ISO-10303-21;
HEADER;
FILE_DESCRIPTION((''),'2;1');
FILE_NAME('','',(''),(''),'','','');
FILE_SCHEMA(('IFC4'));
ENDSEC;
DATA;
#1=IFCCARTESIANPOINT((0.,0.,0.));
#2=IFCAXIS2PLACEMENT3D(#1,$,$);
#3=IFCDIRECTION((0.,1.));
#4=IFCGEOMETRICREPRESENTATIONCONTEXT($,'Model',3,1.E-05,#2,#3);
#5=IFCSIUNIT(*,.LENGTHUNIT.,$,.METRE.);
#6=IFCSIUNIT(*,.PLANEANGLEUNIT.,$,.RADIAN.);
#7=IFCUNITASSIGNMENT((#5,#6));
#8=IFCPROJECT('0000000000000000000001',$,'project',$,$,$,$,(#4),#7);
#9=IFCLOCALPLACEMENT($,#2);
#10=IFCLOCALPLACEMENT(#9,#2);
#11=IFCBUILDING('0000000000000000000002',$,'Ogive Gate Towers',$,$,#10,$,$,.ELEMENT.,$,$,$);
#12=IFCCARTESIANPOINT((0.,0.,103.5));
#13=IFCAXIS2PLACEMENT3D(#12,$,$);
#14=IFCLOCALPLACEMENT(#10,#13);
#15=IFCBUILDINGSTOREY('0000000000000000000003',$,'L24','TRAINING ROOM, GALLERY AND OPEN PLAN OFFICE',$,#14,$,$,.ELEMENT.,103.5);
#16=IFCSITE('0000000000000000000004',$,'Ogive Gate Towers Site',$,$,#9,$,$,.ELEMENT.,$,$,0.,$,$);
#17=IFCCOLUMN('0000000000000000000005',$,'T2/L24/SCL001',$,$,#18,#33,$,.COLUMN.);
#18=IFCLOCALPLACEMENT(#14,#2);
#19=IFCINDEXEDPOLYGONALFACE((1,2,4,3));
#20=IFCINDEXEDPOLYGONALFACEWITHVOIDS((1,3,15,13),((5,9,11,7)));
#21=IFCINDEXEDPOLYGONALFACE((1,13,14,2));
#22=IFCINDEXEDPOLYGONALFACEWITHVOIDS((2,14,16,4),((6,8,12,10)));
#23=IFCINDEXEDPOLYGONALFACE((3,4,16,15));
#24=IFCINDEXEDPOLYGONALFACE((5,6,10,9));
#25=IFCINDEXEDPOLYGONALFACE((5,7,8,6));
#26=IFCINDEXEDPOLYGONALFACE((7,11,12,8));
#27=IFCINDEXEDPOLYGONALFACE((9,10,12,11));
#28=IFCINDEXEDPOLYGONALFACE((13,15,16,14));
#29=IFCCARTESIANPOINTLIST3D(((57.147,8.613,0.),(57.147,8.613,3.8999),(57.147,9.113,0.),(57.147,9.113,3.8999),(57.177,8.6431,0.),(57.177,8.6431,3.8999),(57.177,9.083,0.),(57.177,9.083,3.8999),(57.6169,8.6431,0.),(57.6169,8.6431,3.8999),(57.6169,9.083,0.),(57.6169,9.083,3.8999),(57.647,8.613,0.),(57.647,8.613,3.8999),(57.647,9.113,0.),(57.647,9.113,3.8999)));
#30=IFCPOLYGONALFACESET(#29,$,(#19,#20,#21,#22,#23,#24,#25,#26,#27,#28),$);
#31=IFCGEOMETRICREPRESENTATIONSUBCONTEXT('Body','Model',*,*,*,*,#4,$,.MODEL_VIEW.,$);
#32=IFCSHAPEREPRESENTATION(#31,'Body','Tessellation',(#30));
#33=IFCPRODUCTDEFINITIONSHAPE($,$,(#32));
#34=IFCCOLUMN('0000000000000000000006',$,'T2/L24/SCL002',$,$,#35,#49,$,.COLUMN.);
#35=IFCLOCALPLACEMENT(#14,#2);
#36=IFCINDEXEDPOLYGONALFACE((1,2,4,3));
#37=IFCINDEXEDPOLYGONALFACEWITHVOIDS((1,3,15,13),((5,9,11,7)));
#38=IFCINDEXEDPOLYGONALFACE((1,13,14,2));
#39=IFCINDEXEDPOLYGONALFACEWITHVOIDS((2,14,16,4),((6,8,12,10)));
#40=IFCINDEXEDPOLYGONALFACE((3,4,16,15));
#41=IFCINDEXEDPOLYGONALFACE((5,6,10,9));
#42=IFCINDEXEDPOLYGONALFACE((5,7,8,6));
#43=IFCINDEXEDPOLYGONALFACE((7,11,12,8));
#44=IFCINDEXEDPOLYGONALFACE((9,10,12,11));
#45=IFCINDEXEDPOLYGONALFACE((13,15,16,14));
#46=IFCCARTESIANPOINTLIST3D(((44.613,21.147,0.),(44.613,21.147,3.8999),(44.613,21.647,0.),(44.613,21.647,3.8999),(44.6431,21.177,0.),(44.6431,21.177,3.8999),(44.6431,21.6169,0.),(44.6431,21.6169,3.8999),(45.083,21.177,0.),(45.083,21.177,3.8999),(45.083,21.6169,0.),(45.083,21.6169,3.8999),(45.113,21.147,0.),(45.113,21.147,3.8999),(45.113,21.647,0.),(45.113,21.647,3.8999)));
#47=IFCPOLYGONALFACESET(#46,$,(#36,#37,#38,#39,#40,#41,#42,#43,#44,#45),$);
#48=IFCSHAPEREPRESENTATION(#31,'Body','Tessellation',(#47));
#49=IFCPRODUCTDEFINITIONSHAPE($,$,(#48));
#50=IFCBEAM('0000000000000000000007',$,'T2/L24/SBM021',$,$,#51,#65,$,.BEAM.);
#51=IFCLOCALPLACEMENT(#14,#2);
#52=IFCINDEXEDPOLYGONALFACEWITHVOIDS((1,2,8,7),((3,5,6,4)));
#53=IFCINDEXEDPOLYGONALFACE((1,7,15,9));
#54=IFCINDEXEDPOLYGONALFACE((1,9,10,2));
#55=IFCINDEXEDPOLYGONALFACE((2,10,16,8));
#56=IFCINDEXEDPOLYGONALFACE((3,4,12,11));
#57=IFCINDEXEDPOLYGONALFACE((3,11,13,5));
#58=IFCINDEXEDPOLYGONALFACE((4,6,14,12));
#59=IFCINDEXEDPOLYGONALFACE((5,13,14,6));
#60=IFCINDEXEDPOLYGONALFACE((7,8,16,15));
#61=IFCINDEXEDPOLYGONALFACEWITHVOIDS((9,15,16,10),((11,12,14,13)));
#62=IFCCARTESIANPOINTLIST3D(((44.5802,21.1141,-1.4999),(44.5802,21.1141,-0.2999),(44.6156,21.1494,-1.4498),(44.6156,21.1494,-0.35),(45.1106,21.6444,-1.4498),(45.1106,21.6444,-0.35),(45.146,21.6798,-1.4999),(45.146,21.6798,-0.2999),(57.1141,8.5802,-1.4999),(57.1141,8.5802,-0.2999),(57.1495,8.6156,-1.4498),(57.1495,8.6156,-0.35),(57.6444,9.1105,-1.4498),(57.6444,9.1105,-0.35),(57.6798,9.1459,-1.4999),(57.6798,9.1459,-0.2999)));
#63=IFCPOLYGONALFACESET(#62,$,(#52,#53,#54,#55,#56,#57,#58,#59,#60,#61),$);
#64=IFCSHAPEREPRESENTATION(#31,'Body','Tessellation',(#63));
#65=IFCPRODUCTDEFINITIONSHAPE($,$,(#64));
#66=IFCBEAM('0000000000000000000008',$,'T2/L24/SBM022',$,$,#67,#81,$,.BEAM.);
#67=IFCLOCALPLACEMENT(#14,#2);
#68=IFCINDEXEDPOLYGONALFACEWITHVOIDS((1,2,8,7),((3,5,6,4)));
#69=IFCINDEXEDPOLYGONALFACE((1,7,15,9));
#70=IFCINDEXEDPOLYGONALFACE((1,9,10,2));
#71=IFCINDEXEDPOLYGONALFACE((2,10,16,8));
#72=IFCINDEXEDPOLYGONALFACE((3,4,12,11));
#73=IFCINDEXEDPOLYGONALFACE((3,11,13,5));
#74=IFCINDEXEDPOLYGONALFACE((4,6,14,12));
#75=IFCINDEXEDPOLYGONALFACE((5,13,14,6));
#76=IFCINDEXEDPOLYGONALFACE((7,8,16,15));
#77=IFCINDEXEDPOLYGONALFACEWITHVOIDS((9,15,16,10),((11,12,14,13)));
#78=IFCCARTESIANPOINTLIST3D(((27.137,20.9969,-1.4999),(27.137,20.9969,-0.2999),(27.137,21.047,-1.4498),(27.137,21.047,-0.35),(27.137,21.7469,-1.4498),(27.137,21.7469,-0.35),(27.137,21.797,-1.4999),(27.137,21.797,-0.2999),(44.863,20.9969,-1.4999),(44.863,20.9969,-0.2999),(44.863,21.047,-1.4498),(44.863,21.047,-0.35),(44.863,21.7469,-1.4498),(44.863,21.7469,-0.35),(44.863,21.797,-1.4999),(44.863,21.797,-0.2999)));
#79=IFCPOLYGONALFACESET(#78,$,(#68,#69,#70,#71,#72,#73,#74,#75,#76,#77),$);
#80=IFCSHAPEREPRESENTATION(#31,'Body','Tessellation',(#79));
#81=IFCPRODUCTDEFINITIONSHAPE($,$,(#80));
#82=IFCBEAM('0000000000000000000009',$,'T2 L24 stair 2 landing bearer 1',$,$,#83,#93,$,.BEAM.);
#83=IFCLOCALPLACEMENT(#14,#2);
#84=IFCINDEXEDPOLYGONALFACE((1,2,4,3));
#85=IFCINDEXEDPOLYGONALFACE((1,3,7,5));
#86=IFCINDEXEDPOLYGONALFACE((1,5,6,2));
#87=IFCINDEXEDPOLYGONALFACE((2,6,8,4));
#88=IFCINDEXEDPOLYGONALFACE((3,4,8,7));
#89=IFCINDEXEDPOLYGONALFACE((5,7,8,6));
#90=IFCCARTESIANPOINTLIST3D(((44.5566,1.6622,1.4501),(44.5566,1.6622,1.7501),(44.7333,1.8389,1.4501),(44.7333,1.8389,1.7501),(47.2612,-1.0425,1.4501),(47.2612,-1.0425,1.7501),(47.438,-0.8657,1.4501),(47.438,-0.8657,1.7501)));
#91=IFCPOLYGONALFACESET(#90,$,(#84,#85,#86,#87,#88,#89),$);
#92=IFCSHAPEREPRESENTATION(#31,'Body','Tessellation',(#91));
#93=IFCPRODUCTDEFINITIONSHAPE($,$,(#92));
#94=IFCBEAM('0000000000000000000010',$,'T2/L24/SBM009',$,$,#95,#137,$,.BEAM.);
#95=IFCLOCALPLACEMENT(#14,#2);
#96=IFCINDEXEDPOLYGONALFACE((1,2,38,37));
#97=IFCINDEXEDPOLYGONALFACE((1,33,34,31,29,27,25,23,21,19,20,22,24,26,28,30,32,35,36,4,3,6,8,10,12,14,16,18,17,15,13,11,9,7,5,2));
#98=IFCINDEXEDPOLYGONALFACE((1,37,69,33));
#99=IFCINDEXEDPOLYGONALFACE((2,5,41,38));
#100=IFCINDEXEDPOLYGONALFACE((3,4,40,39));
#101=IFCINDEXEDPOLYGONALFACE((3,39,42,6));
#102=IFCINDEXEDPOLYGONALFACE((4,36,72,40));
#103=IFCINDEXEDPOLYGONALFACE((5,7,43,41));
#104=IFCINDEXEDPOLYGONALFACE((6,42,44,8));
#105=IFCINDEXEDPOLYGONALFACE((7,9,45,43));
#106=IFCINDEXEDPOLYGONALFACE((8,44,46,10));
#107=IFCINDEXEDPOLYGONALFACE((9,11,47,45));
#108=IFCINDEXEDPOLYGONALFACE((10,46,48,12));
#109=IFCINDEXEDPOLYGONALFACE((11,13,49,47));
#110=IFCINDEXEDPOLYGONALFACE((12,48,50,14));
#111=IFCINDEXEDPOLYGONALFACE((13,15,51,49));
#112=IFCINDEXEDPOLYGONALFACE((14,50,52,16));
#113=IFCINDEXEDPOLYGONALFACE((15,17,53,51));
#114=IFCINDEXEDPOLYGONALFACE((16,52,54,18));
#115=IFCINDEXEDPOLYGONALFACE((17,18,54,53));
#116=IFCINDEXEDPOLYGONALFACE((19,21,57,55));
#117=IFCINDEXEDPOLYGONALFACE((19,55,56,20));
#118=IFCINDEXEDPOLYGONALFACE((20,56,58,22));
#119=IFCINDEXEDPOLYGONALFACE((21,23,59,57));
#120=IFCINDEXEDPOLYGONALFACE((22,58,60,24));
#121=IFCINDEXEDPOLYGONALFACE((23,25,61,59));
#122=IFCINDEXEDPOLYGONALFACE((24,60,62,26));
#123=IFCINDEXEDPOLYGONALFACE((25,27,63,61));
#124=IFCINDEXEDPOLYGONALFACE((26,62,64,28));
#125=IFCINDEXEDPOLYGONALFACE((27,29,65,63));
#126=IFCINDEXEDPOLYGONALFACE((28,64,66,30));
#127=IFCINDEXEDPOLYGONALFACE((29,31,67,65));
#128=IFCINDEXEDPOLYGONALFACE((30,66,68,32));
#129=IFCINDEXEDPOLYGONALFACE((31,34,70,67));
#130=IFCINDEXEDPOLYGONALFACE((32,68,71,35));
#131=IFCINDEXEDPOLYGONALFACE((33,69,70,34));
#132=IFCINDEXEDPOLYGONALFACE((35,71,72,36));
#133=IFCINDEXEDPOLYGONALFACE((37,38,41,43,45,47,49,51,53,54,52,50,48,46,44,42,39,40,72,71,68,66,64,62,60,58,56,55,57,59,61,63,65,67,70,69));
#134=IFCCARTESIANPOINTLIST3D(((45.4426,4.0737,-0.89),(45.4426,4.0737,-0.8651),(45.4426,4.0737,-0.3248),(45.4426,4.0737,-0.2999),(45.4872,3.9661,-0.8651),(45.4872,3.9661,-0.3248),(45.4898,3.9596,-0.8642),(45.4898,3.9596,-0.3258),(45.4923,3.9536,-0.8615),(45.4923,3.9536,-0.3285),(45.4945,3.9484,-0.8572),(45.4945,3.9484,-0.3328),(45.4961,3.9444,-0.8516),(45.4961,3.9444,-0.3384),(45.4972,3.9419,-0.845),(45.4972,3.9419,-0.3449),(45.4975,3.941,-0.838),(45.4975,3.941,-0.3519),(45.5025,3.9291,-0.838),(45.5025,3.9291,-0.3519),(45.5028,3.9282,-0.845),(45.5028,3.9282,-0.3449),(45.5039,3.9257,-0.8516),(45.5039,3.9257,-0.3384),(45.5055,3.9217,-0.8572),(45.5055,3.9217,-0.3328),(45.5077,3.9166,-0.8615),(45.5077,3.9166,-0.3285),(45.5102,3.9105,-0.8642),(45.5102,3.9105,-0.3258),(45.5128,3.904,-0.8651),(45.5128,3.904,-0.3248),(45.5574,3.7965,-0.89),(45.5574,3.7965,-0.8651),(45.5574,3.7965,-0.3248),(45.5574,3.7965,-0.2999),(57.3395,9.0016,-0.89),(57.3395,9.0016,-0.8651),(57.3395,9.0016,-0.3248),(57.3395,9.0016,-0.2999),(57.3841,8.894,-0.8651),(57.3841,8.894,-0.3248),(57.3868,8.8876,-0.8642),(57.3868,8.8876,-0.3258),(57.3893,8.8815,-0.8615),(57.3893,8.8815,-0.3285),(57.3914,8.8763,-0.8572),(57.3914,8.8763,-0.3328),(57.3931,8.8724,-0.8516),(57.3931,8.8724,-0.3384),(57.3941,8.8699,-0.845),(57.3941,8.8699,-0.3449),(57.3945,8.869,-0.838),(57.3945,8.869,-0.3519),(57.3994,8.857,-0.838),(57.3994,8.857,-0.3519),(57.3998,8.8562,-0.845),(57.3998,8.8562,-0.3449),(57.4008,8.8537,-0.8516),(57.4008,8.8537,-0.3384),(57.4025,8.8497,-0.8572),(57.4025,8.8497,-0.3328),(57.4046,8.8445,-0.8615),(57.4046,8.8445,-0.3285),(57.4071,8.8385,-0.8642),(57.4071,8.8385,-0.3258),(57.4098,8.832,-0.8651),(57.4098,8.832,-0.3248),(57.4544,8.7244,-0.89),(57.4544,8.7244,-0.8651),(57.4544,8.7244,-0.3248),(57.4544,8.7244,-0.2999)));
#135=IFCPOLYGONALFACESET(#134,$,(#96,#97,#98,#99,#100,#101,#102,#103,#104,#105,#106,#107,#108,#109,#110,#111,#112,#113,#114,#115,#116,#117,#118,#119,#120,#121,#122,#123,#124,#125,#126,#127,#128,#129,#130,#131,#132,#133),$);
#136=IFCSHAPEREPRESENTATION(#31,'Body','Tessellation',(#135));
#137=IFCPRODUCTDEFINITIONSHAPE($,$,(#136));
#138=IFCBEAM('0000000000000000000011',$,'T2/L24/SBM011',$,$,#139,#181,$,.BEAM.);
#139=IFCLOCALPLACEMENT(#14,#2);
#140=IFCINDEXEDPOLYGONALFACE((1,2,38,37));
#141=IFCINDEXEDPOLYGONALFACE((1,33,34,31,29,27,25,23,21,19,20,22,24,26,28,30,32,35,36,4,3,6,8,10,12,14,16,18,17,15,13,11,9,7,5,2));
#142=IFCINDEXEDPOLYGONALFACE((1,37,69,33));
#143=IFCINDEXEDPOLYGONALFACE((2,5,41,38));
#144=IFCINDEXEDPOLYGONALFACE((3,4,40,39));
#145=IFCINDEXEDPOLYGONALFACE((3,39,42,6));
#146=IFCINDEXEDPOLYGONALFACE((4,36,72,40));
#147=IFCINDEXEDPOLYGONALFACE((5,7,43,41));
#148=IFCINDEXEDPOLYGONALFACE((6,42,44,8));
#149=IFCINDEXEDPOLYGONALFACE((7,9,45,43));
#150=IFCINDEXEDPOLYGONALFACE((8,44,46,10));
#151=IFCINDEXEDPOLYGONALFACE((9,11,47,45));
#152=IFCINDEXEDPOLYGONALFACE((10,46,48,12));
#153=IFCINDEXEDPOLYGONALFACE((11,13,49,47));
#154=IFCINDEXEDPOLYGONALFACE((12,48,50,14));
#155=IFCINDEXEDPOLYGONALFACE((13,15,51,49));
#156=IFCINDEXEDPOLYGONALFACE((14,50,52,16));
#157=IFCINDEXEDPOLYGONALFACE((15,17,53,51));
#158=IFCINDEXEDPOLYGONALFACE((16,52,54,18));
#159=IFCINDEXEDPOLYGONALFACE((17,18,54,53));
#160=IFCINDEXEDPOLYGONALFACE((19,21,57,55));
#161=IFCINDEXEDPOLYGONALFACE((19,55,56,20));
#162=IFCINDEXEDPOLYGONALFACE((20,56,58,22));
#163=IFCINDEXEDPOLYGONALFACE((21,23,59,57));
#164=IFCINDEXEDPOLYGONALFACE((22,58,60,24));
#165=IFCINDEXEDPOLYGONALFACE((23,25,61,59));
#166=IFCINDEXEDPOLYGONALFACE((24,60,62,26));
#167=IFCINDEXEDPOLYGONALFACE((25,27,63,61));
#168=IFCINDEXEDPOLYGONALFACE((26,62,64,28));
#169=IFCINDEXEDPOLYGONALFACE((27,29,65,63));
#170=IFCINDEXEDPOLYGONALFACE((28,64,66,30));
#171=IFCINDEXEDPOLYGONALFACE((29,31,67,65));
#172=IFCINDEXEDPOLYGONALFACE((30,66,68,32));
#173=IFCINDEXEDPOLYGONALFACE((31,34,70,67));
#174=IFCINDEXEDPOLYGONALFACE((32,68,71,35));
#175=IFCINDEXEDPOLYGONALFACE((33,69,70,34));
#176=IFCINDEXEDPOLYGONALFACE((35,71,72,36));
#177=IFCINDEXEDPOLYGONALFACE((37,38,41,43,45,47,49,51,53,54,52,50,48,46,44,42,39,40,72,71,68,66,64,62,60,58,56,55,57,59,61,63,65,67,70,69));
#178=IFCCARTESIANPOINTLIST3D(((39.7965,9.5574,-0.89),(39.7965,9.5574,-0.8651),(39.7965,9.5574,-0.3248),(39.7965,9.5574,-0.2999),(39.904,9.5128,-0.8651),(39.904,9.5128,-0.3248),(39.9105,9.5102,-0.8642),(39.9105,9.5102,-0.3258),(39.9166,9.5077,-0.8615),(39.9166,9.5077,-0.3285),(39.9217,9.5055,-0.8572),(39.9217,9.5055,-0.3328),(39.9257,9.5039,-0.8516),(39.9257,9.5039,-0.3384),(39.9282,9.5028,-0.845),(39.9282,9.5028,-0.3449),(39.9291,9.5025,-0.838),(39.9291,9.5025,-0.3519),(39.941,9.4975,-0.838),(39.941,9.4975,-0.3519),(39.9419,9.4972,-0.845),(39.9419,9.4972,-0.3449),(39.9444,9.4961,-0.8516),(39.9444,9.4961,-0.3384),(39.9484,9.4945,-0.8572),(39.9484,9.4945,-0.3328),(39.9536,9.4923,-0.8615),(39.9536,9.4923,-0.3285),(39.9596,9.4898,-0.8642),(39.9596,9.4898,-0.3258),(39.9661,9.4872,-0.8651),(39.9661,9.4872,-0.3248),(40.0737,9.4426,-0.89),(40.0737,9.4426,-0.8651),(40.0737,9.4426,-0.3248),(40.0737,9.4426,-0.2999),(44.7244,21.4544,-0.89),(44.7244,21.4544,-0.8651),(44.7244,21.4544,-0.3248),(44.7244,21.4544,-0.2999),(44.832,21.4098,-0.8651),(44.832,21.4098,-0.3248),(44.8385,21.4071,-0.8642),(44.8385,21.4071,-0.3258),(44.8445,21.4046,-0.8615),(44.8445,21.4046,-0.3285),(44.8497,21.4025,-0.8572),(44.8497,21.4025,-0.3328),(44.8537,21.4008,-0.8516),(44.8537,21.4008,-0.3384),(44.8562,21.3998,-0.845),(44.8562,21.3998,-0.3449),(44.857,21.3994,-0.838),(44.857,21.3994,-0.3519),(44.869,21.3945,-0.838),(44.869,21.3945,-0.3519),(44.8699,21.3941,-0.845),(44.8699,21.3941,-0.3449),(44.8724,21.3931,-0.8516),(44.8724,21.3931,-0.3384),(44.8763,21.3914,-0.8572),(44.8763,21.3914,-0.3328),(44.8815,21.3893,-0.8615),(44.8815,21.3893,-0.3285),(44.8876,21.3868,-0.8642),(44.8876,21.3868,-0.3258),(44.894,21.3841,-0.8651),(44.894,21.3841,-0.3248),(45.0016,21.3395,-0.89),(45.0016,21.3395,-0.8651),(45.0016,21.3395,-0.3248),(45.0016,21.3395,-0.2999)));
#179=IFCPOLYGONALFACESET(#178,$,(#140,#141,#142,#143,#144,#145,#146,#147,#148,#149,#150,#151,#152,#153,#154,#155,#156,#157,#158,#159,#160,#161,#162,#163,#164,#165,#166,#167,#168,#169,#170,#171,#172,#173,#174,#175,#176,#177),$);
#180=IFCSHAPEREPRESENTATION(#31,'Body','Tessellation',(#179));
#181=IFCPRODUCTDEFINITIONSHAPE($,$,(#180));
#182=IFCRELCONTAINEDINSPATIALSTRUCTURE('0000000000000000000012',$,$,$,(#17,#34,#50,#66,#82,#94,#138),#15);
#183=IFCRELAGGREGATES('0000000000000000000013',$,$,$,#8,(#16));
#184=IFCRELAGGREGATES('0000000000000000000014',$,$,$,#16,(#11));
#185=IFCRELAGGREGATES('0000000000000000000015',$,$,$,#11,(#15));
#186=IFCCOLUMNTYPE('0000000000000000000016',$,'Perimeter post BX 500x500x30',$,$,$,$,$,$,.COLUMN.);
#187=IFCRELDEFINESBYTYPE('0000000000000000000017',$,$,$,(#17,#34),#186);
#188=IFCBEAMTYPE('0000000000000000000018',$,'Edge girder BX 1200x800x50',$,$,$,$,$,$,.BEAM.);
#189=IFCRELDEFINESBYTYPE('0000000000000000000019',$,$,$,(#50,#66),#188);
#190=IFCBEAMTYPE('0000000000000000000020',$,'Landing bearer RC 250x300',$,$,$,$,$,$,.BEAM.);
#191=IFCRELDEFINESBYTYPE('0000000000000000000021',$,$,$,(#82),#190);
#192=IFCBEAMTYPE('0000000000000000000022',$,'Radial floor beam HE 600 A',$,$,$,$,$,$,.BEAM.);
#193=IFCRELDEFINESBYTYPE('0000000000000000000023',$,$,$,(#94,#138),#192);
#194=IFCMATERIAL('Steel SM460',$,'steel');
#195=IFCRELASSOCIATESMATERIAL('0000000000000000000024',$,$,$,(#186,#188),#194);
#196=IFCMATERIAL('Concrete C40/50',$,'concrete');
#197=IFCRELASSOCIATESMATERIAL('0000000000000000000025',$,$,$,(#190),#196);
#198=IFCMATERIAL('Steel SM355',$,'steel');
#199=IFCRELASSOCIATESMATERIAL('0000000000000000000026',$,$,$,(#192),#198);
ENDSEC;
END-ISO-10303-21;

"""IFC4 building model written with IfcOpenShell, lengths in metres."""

from ifc_helpers import new_model, si_unit, direction, frame, origin, origin_2d, place, context, subcontext, project, spatial, rectangle, hollow_rectangle, i_section, extrude, material, material_profile, profile_set, type_object, element, save


model = new_model("IFC4")

# Units and contexts
model_context = context("Model", 3, precision=1e-05, world=origin(), true_north=direction((0.0, 1.0)))
body_context = subcontext(model_context, "Body", "Model", "MODEL_VIEW")
ifc_project = project(units=[si_unit("LENGTHUNIT", "METRE"), si_unit("PLANEANGLEUNIT", "RADIAN")], contexts=[model_context])

# Site, building, storey
site_placement = place(None, origin())
site = spatial("IfcSite", under=ifc_project, at=site_placement, Name="Ogive Gate Towers Site", CompositionType="ELEMENT", RefElevation=0.0)
building_placement = place(site_placement, origin())
building = spatial("IfcBuilding", under=site, at=building_placement, Name="Ogive Gate Towers", CompositionType="ELEMENT")
storey_placement = place(building_placement, frame((0.0, 0.0, 103.5)))
storey = spatial("IfcBuildingStorey", under=building, at=storey_placement, Name="L24", Description="TRAINING ROOM, GALLERY AND OPEN PLAN OFFICE", CompositionType="ELEMENT", Elevation=103.5)

# Columns
ifc_material_1 = material(Name="Steel SM460", Category="steel")
ifc_material_profile_1 = material_profile(ifc_material_1, hollow_rectangle(XDim=0.5, YDim=0.5, WallThickness=0.03, at=origin_2d()), Name="BX 500x500x30")
ifc_profile_set_1 = profile_set([ifc_material_profile_1], Name="Steel SM460")
column_type = type_object("IfcColumnType", Name="Perimeter post BX 500x500x30", PredefinedType="COLUMN", material=ifc_profile_set_1)
for number, where, z_axis, x_axis, name in (
    (1, (57.397, 8.863, 0.0), (0.0, 0.0, 1.0), (1.0, 0.0, 0.0), "T2/L24/SCL001"),
    (2, (44.863, 21.397, 0.0), (0.0, 0.0, 1.0), (1.0, 0.0, 0.0), "T2/L24/SCL002"),
):
    element("IfcColumn", number, at=place(storey_placement, frame(where, z_axis=z_axis, x_axis=x_axis)), inside=storey, type_object=column_type, Name=name, PredefinedType="COLUMN", context=body_context, shape_type="SweptSolid", body=[
        extrude(hollow_rectangle(XDim=0.5, YDim=0.5, WallThickness=0.03, at=origin_2d()), origin(), (0.0, 0.0, 1.0), 3.8999),
    ])

# Beams
ifc_material_profile_2 = material_profile(ifc_material_1, hollow_rectangle(XDim=0.8, YDim=1.2, WallThickness=0.05, at=origin_2d()), Name="BX 1200x800x50")
ifc_profile_set_2 = profile_set([ifc_material_profile_2], Name="Steel SM460")
beam_type_1 = type_object("IfcBeamType", Name="Edge girder BX 1200x800x50", PredefinedType="BEAM", material=ifc_profile_set_2)
beam_1_placement = place(storey_placement, frame((57.397, 8.863, -0.8999), z_axis=(-0.707107, 0.707107, 0.0), x_axis=(-0.707107, -0.707107, 0.0)))
element("IfcBeam", 3, at=beam_1_placement, inside=storey, type_object=beam_type_1, Name="T2/L24/SBM021", PredefinedType="BEAM", context=body_context, shape_type="SweptSolid", body=[
    extrude(hollow_rectangle(XDim=0.8, YDim=1.2, WallThickness=0.05, at=origin_2d()), origin(), (0.0, 0.0, 1.0), 17.7256),
])
beam_2_placement = place(storey_placement, frame((44.863, 21.397, -0.8999), z_axis=(-1.0, 0.0, 0.0), x_axis=(0.0, -1.0, 0.0)))
element("IfcBeam", 4, at=beam_2_placement, inside=storey, type_object=beam_type_1, Name="T2/L24/SBM022", PredefinedType="BEAM", context=body_context, shape_type="SweptSolid", body=[
    extrude(hollow_rectangle(XDim=0.8, YDim=1.2, WallThickness=0.05, at=origin_2d()), origin(), (0.0, 0.0, 1.0), 17.7261),
])
ifc_material_2 = material(Name="Concrete C40/50", Category="concrete")
ifc_material_profile_3 = material_profile(ifc_material_2, rectangle(XDim=0.25, YDim=0.3, at=origin_2d()), Name="RC 250x300")
ifc_profile_set_3 = profile_set([ifc_material_profile_3], Name="Concrete C40/50")
beam_type_2 = type_object("IfcBeamType", Name="Landing bearer RC 250x300", PredefinedType="BEAM", material=ifc_profile_set_3)
beam_3_placement = place(storey_placement, frame((47.3496, -0.9541, 1.6001), z_axis=(-0.707107, 0.707107, 0.0), x_axis=(-0.707107, -0.707107, 0.0)))
element("IfcBeam", 5, at=beam_3_placement, inside=storey, type_object=beam_type_2, Name="T2 L24 stair 2 landing bearer 1", PredefinedType="BEAM", context=body_context, shape_type="SweptSolid", body=[
    extrude(rectangle(XDim=0.25, YDim=0.3, at=origin_2d()), origin(), (0.0, 0.0, 1.0), 3.825),
])
ifc_material_3 = material(Name="Steel SM355", Category="steel")
ifc_material_profile_4 = material_profile(ifc_material_3, i_section(OverallWidth=0.3, OverallDepth=0.5901, WebThickness=0.0129, FlangeThickness=0.0249, FilletRadius=0.0271, at=origin_2d()), Name="HE 600 A")
ifc_profile_set_4 = profile_set([ifc_material_profile_4], Name="Steel SM355")
beam_type_3 = type_object("IfcBeamType", Name="Radial floor beam HE 600 A", PredefinedType="BEAM", material=ifc_profile_set_4)
for number, where, z_axis, x_axis, name in (
    (6, (45.5, 3.9351, -0.595), (0.923877, 0.382689, 0.0), (-0.382689, 0.923877, 0.0), "T2/L24/SBM009"),
    (7, (39.9351, 9.5, -0.595), (0.382689, 0.923877, 0.0), (-0.923877, 0.382689, 0.0), "T2/L24/SBM011"),
):
    element("IfcBeam", number, at=place(storey_placement, frame(where, z_axis=z_axis, x_axis=x_axis)), inside=storey, type_object=beam_type_3, Name=name, PredefinedType="BEAM", context=body_context, shape_type="SweptSolid", body=[
        extrude(i_section(OverallWidth=0.3, OverallDepth=0.5901, WebThickness=0.0129, FlangeThickness=0.0249, FilletRadius=0.0271, at=origin_2d()), origin(), (0.0, 0.0, 1.0), 12.8772),
    ])

save(model, "model.ifc")
